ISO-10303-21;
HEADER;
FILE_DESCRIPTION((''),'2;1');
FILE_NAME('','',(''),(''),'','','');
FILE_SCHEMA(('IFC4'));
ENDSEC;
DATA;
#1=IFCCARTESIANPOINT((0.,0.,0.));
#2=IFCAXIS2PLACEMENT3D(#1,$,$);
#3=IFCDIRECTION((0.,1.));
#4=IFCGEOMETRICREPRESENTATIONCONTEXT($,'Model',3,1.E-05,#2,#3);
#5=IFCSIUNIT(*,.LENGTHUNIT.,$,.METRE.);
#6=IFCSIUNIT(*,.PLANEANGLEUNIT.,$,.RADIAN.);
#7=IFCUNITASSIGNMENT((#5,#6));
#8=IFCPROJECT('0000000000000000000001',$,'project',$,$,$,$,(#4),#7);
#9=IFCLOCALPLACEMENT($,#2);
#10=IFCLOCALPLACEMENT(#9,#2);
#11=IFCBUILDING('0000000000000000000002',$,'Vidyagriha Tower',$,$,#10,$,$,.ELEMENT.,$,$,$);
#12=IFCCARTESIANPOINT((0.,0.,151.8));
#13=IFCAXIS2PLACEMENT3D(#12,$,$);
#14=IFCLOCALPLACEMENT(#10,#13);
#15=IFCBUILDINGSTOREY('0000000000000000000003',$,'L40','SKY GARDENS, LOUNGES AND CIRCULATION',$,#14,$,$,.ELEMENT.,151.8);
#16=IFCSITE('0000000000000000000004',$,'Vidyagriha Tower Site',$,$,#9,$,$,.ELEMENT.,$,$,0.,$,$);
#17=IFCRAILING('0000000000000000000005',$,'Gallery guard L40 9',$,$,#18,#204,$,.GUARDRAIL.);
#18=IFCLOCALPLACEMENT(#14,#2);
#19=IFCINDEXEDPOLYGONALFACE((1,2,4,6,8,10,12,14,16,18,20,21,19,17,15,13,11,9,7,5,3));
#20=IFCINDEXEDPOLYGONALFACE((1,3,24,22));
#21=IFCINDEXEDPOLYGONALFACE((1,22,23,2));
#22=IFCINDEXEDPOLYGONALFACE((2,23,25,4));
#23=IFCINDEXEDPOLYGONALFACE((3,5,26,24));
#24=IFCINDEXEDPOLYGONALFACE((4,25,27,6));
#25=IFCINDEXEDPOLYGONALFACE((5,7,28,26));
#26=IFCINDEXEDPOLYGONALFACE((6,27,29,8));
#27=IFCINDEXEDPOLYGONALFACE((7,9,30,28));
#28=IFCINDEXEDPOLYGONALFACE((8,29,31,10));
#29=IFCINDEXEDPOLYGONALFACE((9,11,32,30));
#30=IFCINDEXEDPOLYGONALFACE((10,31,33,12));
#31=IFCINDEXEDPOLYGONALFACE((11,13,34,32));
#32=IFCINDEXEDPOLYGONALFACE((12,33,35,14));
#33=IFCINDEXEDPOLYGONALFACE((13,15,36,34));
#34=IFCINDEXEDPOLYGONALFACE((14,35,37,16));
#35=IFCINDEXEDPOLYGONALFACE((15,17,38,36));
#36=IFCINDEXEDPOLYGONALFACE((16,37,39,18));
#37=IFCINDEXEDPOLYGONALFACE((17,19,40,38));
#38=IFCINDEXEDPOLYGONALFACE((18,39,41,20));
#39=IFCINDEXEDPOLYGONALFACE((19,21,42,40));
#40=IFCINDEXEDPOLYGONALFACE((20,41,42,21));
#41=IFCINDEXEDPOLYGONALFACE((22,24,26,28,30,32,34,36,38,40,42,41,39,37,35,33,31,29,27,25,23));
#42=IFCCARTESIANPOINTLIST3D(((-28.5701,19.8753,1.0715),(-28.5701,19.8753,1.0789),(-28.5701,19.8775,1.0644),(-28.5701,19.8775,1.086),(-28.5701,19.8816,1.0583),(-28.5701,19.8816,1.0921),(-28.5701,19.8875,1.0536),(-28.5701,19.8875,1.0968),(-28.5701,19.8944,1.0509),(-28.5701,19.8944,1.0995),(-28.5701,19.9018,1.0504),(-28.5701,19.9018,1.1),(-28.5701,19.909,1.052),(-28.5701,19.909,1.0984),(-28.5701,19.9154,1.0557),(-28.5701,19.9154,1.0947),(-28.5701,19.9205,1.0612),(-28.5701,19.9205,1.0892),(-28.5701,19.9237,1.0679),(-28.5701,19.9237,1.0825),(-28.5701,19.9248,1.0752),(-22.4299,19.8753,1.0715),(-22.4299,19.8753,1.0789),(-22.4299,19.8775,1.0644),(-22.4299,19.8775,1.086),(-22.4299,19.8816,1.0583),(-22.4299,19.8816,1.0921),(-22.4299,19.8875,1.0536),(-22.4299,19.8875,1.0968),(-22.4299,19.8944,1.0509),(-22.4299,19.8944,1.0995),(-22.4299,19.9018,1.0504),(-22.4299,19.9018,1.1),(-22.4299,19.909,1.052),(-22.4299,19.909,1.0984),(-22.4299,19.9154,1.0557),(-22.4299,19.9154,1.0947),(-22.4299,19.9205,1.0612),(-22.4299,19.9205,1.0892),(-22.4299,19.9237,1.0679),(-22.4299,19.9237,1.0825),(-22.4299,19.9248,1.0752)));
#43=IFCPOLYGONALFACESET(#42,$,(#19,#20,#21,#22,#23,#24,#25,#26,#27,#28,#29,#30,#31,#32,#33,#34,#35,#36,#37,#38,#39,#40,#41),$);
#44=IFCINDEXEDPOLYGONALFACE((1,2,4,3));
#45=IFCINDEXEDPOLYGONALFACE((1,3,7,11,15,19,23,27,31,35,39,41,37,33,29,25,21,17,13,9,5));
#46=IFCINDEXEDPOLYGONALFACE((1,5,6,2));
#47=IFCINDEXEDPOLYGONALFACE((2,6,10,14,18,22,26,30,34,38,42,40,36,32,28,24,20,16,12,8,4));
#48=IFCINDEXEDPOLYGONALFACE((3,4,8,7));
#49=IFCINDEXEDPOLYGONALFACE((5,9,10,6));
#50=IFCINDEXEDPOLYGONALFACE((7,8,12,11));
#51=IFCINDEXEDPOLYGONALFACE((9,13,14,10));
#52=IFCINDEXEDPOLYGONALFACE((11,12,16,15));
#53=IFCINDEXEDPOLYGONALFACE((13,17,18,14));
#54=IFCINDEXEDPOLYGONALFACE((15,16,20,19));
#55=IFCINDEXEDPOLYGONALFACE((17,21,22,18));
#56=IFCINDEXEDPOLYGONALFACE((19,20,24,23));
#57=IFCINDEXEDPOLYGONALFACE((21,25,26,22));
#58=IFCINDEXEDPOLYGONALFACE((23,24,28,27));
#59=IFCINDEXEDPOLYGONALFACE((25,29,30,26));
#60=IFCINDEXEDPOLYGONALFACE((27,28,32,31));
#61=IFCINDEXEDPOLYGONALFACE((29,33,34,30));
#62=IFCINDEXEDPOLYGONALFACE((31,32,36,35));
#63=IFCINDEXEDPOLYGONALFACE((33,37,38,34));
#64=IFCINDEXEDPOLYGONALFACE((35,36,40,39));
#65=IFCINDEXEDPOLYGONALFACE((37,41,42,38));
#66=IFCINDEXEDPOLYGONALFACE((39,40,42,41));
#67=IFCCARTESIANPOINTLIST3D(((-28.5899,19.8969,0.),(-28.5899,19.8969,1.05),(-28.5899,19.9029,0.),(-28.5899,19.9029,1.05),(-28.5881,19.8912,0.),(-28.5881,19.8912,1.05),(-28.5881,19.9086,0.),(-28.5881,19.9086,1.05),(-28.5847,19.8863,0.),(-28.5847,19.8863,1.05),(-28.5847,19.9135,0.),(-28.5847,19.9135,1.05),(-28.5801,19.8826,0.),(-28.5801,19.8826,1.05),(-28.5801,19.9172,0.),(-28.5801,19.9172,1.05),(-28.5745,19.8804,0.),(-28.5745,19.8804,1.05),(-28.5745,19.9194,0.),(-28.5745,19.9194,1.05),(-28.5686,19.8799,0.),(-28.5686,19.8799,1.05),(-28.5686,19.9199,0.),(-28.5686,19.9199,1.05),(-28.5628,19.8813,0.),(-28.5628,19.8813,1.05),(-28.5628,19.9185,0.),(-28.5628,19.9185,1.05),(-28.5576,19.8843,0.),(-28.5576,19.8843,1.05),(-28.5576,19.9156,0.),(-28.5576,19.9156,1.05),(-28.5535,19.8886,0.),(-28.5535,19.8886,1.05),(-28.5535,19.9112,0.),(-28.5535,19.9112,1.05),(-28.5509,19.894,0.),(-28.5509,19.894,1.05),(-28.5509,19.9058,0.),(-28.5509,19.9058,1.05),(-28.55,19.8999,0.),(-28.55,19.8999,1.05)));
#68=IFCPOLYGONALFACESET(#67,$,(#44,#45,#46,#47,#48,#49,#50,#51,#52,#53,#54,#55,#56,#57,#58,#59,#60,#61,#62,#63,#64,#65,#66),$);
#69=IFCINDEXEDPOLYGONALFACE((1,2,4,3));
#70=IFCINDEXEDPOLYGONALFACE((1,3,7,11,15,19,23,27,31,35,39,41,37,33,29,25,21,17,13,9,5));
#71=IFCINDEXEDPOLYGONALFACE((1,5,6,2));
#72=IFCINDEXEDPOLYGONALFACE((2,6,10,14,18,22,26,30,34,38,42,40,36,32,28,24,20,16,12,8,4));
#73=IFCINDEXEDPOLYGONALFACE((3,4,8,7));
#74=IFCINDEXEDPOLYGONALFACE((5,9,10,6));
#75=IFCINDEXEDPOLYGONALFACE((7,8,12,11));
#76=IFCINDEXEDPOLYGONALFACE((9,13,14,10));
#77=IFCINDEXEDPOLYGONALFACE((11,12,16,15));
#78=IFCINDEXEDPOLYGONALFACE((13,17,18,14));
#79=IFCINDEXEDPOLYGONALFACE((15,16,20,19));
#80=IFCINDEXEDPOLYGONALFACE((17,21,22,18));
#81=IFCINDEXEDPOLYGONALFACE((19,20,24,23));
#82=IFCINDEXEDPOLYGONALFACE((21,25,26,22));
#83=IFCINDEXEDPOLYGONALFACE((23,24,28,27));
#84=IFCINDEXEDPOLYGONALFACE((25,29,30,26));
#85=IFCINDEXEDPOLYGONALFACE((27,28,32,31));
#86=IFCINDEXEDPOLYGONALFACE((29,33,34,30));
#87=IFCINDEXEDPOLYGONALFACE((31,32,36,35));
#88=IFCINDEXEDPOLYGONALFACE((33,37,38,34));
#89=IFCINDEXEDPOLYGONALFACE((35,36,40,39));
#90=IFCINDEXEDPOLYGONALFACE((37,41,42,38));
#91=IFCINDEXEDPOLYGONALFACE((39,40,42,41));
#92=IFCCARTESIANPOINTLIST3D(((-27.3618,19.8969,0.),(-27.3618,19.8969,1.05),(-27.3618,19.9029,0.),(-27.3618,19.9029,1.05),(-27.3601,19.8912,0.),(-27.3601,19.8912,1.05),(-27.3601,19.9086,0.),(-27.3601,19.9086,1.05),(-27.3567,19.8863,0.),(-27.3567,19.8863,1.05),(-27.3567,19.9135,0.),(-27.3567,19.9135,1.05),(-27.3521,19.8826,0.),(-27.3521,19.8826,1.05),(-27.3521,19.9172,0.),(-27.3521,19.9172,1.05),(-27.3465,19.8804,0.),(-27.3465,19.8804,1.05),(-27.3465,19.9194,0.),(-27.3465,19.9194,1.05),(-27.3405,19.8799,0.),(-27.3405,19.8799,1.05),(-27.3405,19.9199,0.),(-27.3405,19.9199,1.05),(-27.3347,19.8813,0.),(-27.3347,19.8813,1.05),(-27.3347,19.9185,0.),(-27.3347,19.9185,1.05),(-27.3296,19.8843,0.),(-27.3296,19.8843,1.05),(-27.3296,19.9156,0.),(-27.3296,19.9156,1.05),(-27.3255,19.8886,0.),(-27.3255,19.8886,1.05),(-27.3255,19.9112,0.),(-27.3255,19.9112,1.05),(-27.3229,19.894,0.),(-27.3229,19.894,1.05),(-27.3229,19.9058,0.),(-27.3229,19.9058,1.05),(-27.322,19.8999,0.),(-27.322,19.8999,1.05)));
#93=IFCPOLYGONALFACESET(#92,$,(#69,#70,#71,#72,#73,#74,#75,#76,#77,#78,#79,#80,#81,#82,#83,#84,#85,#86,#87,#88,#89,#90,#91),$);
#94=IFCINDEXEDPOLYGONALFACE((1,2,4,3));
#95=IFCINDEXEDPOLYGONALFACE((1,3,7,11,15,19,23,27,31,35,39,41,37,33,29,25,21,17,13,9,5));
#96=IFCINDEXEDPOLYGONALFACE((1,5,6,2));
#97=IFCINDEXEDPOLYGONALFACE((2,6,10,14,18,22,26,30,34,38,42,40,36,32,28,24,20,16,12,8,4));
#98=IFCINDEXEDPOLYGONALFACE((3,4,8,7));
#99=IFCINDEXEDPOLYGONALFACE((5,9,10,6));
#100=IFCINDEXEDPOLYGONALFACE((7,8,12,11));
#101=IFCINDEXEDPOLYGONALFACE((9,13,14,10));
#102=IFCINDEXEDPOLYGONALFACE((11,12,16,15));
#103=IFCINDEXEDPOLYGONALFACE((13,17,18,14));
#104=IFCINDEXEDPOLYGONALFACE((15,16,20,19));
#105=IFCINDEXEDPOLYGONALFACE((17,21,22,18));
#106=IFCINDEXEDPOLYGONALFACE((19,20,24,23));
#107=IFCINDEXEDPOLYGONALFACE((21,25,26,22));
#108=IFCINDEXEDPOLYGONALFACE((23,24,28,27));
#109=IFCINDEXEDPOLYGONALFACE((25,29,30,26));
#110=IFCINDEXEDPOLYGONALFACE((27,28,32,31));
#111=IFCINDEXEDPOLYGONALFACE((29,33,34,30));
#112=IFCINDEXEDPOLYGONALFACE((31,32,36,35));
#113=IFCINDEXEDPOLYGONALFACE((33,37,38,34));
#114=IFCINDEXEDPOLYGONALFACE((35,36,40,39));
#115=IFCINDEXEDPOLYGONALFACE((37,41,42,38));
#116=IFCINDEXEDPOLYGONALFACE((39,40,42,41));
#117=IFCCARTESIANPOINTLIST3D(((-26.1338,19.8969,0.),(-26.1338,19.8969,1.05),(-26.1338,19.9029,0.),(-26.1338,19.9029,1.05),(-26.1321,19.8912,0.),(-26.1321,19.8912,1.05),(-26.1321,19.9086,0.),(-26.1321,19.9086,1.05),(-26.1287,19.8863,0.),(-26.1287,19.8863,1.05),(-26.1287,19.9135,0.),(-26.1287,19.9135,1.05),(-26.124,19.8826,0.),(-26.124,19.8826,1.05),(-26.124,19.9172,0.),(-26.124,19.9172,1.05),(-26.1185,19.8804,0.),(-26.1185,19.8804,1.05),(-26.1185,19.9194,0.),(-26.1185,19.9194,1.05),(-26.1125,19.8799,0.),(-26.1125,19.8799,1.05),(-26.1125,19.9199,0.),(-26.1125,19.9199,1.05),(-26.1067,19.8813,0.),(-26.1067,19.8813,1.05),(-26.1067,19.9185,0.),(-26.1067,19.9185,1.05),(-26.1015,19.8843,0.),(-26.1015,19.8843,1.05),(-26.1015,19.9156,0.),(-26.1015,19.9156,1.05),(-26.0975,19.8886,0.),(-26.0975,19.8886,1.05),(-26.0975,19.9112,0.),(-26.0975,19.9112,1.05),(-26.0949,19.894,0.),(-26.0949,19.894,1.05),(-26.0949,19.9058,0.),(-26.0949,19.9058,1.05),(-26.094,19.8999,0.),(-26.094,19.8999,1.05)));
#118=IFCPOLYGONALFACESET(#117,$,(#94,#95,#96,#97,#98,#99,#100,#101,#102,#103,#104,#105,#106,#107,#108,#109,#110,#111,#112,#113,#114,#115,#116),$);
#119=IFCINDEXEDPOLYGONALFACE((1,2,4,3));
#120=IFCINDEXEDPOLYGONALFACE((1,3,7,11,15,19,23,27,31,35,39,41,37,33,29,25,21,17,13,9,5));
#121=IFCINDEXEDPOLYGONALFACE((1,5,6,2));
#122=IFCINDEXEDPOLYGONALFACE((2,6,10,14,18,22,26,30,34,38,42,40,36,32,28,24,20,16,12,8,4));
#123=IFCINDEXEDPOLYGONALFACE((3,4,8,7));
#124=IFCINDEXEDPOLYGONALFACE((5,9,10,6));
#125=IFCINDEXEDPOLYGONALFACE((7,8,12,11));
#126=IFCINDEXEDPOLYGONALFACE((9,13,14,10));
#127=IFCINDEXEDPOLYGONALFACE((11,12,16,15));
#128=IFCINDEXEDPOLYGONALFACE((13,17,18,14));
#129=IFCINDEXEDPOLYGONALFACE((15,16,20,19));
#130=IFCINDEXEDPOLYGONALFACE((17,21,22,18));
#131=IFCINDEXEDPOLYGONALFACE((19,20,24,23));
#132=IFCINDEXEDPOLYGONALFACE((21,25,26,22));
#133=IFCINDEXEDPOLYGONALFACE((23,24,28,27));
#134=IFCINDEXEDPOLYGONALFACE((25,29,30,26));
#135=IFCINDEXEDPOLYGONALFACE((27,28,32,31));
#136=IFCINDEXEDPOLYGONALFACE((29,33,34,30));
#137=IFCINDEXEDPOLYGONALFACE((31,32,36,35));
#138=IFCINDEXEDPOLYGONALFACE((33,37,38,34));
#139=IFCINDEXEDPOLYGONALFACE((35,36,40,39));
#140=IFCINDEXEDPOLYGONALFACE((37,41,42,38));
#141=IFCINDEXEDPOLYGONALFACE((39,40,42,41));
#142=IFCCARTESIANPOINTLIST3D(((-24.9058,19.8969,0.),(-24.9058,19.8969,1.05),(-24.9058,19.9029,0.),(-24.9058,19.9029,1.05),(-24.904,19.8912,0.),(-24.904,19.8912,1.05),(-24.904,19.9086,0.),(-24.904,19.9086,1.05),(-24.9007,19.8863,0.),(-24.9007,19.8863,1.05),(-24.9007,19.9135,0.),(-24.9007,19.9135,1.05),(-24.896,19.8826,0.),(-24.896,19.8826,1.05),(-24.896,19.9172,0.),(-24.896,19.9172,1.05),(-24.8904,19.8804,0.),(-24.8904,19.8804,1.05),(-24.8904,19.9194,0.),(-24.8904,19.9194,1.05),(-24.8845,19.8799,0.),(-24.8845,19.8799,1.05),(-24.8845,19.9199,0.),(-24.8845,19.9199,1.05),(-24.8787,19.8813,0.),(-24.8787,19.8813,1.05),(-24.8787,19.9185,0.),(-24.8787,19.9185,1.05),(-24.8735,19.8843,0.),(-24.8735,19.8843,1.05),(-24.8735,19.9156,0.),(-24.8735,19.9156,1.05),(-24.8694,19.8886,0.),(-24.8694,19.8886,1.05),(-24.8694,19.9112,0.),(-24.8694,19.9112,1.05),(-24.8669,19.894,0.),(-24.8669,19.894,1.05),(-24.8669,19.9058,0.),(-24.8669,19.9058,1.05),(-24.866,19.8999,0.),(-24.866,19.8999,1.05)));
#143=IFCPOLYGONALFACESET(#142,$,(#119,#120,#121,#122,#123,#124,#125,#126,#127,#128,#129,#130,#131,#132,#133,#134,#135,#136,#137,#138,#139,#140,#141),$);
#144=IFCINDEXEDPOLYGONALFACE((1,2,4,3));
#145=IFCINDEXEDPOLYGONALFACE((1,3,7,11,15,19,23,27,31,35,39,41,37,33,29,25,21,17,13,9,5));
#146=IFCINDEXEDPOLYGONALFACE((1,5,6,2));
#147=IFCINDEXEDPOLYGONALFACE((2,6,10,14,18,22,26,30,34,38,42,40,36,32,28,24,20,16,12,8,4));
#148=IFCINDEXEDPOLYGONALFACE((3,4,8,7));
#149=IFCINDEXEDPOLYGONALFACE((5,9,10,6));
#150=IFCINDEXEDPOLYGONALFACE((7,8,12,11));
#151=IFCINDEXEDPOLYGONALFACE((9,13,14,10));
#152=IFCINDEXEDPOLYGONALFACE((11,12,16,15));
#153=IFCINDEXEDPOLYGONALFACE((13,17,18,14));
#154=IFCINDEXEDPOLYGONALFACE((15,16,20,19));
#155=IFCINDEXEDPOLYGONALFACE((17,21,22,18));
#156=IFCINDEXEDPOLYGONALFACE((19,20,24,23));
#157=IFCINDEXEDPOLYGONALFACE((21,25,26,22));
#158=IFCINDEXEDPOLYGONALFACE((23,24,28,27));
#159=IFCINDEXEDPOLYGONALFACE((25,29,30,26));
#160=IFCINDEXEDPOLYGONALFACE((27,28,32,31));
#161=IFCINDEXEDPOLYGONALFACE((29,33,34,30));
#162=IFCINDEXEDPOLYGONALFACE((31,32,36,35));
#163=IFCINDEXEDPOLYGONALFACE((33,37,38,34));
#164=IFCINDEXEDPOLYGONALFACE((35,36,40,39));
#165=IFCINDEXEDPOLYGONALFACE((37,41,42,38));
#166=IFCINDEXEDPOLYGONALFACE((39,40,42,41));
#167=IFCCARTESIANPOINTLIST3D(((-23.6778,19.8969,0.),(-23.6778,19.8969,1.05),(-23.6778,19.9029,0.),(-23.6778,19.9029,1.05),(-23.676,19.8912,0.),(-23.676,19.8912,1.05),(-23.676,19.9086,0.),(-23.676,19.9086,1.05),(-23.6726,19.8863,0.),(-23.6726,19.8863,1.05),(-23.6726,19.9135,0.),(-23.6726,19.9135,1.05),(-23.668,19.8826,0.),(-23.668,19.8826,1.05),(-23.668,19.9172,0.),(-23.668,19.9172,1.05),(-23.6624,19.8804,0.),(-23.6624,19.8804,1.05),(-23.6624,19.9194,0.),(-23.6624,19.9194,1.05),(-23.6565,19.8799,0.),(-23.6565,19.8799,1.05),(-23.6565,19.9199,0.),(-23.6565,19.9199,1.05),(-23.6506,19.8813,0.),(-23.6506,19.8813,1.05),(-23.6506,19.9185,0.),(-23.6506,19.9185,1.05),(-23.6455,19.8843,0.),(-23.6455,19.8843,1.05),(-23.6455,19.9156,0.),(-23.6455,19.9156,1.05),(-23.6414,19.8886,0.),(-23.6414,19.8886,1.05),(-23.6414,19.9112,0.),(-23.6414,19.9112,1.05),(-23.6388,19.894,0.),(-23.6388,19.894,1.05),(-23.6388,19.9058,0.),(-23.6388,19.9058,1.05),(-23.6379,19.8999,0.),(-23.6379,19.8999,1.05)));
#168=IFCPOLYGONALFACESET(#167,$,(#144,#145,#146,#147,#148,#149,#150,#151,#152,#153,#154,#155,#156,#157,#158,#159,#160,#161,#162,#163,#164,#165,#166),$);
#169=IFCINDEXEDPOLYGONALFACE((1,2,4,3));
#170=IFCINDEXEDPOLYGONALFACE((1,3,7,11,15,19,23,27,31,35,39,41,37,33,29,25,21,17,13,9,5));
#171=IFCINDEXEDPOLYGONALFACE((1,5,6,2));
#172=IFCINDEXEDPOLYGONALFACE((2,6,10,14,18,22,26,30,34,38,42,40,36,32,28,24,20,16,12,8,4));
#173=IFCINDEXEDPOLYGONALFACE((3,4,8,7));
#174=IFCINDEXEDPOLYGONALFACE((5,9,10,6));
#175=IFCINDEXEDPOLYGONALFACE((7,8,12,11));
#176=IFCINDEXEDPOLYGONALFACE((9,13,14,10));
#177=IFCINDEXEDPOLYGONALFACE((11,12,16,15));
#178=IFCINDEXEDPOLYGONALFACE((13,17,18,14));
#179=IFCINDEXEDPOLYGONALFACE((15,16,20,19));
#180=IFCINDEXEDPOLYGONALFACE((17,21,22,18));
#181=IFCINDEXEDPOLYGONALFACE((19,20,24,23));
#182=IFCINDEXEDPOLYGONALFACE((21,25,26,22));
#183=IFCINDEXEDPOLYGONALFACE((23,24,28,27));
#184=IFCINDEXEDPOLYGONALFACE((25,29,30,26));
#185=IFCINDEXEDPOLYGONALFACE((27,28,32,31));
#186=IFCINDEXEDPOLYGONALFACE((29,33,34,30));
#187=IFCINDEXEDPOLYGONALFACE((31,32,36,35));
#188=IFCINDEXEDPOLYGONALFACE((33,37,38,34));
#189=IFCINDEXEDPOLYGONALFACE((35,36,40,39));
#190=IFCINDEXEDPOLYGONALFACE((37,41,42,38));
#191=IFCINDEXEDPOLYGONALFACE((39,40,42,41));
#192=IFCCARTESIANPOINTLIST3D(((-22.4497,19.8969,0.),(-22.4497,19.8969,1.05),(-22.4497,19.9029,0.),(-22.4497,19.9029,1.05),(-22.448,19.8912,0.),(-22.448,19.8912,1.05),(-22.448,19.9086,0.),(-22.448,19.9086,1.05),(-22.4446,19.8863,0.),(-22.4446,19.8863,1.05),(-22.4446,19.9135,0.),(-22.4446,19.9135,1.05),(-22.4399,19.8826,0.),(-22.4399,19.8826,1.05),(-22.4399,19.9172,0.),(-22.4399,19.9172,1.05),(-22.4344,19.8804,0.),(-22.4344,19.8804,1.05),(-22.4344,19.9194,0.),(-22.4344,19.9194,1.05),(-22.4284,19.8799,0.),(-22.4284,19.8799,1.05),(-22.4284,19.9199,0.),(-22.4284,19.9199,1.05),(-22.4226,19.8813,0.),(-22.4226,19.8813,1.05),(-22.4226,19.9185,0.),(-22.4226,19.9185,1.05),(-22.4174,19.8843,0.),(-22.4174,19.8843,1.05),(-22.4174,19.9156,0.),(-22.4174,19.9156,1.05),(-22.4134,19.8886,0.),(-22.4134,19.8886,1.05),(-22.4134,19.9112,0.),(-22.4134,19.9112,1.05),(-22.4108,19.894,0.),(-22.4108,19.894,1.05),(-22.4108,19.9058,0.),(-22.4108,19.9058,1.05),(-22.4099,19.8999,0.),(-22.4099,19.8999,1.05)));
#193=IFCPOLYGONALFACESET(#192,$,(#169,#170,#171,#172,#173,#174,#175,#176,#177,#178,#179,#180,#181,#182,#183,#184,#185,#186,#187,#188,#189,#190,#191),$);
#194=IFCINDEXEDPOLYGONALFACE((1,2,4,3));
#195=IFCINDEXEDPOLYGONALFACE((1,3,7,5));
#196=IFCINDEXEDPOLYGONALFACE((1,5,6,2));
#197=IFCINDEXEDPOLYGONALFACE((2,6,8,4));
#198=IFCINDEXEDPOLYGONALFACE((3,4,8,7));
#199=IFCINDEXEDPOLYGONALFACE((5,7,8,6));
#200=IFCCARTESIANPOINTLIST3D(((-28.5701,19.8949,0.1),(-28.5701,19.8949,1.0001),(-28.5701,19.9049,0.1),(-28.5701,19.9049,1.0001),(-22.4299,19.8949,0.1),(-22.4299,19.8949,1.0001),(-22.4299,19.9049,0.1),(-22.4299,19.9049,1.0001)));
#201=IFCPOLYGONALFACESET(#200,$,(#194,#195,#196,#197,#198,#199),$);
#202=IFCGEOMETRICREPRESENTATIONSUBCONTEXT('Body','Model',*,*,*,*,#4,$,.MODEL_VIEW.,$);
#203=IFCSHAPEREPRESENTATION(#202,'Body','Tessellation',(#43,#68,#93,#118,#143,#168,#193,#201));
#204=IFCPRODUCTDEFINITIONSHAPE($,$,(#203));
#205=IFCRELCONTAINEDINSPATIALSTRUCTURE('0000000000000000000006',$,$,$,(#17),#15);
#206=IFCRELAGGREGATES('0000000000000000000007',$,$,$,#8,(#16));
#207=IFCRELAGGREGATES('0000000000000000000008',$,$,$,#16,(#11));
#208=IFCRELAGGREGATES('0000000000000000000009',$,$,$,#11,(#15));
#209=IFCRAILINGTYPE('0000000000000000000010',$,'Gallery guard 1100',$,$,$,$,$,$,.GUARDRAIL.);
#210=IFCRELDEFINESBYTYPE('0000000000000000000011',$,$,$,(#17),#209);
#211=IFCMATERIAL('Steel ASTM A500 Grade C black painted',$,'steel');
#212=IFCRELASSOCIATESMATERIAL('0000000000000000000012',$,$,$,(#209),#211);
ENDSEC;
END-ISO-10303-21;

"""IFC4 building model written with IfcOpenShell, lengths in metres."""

from ifc_helpers import new_model, si_unit, direction, frame, origin, origin_2d, place, context, subcontext, project, spatial, rectangle, circle, extrude, material, type_object, element, save


model = new_model("IFC4")

# Units and contexts
model_context = context("Model", 3, precision=1e-05, world=origin(), true_north=direction((0.0, 1.0)))
body_context = subcontext(model_context, "Body", "Model", "MODEL_VIEW")
ifc_project = project(units=[si_unit("LENGTHUNIT", "METRE"), si_unit("PLANEANGLEUNIT", "RADIAN")], contexts=[model_context])

# Site, building, storey
site_placement = place(None, origin())
site = spatial("IfcSite", under=ifc_project, at=site_placement, Name="Vidyagriha Tower Site", CompositionType="ELEMENT", RefElevation=0.0)
building_placement = place(site_placement, origin())
building = spatial("IfcBuilding", under=site, at=building_placement, Name="Vidyagriha Tower", CompositionType="ELEMENT")
storey_placement = place(building_placement, frame((0.0, 0.0, 151.8)))
storey = spatial("IfcBuildingStorey", under=building, at=storey_placement, Name="L40", Description="SKY GARDENS, LOUNGES AND CIRCULATION", CompositionType="ELEMENT", Elevation=151.8)

# Railing
ifc_material_1 = material(Name="Steel ASTM A500 Grade C black painted", Category="steel")
railing_type = type_object("IfcRailingType", Name="Gallery guard 1100", PredefinedType="GUARDRAIL", material=ifc_material_1)
railing_1_placement = place(storey_placement, frame((-28.5701, 19.8999, 0.0)))
element("IfcRailing", 1, at=railing_1_placement, inside=storey, type_object=railing_type, Name="Gallery guard L40 9", PredefinedType="GUARDRAIL", context=body_context, shape_type="SweptSolid", body=[
    extrude(circle(Radius=0.0249, at=origin_2d()), frame((0.0, 0.0, 1.0752), z_axis=(1.0, 0.0, 0.0), x_axis=(0.0, 1.0, 0.0)), (0.0, 0.0, 1.0), 6.1401),
    extrude(circle(Radius=0.02, at=origin_2d()), origin(), (0.0, 0.0, 1.0), 1.05),
    extrude(circle(Radius=0.02, at=origin_2d()), frame((1.228, 0.0, 0.0)), (0.0, 0.0, 1.0), 1.05),
    extrude(circle(Radius=0.02, at=origin_2d()), frame((2.4561, 0.0, 0.0)), (0.0, 0.0, 1.0), 1.05),
    extrude(circle(Radius=0.02, at=origin_2d()), frame((3.6841, 0.0, 0.0)), (0.0, 0.0, 1.0), 1.05),
    extrude(circle(Radius=0.02, at=origin_2d()), frame((4.9121, 0.0, 0.0)), (0.0, 0.0, 1.0), 1.05),
    extrude(circle(Radius=0.02, at=origin_2d()), frame((6.1401, 0.0, 0.0)), (0.0, 0.0, 1.0), 1.05),
    extrude(rectangle(XDim=0.01, YDim=0.9001, at=origin_2d()), frame((0.0, 0.0, 0.55), z_axis=(1.0, 0.0, 0.0), x_axis=(0.0, 1.0, 0.0)), (0.0, 0.0, 1.0), 6.1401),
])

save(model, "model.ifc")
